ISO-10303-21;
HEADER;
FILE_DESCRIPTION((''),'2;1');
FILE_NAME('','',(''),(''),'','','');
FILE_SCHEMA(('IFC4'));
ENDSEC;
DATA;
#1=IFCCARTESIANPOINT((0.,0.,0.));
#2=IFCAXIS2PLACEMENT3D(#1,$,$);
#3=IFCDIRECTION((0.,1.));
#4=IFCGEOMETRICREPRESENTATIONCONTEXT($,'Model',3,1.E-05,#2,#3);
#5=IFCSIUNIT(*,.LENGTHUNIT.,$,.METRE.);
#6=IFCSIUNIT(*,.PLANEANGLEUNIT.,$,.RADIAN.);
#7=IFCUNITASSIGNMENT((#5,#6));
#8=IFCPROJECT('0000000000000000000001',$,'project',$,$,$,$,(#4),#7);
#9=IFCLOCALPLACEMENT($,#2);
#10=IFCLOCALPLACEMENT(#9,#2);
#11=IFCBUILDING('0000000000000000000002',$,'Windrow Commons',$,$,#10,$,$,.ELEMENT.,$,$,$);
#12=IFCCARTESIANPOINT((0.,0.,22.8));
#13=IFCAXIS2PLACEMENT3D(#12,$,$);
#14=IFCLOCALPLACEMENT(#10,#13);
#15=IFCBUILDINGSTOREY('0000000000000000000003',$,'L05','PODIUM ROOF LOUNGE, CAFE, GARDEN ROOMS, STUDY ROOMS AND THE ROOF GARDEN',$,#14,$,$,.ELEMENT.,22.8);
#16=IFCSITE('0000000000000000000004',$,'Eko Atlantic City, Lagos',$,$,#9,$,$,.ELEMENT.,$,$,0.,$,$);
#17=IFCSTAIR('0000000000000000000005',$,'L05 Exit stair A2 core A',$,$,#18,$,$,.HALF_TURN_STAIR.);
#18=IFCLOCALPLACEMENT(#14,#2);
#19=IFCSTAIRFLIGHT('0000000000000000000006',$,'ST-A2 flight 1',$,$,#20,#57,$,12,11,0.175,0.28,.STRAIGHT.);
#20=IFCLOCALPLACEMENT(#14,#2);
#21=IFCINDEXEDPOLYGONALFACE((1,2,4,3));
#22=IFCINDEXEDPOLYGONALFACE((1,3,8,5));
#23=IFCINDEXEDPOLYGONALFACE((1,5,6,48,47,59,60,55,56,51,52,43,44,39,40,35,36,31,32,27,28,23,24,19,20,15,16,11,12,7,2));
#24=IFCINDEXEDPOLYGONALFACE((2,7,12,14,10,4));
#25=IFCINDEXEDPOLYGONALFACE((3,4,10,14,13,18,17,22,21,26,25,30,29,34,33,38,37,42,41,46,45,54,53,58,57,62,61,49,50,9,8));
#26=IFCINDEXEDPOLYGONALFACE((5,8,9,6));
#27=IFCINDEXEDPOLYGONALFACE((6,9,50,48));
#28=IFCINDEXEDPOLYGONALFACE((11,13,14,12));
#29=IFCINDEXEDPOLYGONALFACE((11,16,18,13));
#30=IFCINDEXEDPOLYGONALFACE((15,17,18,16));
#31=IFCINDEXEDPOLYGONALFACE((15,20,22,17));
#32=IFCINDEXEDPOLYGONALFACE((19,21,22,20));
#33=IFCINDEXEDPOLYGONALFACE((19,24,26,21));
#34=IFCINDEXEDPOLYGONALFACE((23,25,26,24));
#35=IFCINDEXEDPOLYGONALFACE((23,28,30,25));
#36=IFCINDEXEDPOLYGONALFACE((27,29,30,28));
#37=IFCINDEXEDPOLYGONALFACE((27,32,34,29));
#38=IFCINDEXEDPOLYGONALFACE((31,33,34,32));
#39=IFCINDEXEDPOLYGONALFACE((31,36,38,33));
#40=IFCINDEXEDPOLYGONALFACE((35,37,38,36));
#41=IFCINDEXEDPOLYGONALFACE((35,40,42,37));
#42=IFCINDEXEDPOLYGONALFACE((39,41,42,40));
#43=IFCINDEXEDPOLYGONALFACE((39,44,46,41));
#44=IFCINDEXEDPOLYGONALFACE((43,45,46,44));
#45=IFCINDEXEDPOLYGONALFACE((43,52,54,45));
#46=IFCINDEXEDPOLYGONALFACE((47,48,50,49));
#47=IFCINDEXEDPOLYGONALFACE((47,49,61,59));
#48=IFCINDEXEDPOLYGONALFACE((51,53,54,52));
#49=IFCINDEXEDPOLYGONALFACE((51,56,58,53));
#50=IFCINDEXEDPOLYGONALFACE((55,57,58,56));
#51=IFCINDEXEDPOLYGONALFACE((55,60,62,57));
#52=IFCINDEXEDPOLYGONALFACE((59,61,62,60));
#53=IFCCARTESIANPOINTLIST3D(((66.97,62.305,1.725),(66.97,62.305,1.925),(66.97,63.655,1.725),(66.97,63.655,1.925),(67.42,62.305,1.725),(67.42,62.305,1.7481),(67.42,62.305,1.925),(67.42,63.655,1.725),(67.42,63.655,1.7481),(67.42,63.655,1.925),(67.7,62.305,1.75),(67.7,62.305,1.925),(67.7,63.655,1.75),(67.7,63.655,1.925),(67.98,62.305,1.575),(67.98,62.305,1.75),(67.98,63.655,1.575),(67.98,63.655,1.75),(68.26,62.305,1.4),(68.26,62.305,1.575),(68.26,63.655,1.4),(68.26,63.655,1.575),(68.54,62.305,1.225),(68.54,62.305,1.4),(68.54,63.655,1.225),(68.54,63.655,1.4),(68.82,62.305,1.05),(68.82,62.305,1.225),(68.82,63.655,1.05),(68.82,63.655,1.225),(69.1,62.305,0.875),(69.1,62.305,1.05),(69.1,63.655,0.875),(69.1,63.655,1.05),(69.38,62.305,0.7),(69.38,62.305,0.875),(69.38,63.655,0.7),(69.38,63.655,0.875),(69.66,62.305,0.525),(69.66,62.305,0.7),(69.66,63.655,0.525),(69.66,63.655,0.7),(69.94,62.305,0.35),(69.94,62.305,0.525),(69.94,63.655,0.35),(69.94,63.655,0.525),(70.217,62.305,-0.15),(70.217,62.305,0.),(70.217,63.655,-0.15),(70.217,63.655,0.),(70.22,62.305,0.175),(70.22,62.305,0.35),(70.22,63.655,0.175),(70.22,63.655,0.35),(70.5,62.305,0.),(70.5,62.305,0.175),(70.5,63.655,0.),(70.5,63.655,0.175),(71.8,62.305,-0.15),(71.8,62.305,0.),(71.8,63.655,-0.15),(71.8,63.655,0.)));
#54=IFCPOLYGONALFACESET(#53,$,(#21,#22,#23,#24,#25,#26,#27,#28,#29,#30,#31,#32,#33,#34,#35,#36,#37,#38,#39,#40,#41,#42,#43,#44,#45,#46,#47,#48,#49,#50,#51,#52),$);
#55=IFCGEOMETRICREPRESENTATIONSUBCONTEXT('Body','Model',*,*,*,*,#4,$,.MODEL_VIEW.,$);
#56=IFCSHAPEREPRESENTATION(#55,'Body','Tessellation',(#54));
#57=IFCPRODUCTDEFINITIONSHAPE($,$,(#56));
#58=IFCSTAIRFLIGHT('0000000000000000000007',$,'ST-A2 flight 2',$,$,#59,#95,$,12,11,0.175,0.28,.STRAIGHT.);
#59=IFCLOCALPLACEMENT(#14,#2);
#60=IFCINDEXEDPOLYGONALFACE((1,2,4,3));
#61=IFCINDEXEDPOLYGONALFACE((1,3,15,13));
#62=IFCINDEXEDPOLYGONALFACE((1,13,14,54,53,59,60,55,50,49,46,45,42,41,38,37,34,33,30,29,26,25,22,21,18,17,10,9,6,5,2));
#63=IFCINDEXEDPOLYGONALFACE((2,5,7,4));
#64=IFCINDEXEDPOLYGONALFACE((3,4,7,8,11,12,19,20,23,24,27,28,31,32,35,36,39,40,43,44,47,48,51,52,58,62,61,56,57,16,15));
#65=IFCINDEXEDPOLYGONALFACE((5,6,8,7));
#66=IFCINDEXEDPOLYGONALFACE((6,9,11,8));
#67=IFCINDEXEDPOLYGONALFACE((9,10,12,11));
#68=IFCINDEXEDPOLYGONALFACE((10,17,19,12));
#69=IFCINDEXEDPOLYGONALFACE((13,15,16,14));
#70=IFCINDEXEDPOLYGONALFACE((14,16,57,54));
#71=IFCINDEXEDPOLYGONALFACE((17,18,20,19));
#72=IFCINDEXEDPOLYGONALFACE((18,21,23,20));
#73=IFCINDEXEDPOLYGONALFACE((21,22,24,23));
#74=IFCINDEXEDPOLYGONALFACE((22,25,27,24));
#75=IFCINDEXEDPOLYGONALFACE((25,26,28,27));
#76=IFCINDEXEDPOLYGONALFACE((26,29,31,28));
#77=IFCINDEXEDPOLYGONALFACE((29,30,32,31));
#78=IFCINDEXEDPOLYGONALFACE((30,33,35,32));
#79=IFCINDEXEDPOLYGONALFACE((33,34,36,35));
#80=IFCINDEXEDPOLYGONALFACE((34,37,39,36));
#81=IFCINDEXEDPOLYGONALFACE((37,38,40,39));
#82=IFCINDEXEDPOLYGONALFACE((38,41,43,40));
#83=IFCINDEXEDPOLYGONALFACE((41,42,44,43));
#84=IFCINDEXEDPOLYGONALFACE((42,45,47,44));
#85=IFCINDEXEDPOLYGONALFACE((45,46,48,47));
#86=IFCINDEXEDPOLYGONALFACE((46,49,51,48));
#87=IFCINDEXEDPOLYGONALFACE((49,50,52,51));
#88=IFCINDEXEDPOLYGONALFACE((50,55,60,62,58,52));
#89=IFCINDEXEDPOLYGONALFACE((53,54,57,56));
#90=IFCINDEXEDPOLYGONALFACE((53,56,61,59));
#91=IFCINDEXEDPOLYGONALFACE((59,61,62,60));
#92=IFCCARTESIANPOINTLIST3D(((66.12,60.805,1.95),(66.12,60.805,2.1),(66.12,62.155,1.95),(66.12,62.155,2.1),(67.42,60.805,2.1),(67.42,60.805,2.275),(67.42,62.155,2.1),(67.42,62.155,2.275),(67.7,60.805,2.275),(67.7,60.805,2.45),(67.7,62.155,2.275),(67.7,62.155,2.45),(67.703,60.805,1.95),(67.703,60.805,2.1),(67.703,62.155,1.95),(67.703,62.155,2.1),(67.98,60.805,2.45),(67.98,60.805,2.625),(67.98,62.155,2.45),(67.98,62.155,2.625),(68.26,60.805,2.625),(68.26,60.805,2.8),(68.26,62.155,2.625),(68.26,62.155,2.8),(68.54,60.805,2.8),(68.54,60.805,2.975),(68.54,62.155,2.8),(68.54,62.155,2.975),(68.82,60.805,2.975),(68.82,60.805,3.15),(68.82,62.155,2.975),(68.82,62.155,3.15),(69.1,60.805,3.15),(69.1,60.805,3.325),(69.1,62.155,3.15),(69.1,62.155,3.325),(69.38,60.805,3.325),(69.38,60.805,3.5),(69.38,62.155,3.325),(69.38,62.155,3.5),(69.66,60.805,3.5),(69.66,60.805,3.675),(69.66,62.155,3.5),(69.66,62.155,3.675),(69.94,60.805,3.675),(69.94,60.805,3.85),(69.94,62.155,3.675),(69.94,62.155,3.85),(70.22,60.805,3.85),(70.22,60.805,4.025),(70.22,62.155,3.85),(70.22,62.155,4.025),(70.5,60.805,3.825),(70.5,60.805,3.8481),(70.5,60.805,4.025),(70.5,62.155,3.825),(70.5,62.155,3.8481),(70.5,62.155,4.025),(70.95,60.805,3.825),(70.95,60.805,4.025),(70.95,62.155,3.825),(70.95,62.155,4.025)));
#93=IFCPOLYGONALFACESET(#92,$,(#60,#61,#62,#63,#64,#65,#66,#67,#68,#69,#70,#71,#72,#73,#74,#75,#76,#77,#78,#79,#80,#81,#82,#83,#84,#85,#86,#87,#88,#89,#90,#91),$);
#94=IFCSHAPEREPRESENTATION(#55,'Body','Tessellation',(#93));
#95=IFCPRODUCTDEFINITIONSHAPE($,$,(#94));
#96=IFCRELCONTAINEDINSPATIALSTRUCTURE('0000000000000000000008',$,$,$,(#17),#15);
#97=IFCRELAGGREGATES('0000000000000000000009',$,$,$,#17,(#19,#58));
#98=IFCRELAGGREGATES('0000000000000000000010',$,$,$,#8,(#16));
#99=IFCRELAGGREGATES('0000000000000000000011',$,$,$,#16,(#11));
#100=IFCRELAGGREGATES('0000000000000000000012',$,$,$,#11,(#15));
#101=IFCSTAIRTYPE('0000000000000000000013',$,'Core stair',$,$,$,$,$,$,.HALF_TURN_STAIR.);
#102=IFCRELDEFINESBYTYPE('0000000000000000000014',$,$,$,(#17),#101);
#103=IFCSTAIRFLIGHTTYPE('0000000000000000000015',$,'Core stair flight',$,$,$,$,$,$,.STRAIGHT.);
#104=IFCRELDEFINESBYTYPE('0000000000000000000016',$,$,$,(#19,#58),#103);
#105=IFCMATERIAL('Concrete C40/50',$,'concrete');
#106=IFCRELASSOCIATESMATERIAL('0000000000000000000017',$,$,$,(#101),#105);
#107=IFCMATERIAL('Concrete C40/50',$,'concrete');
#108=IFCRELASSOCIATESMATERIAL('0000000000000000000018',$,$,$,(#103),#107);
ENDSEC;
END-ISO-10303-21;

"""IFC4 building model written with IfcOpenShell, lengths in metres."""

from ifc_helpers import new_model, si_unit, direction, frame, origin, place, context, subcontext, project, spatial, polyline, outline, extrude, material, type_object, element, aggregate, save


model = new_model("IFC4")

# Units and contexts
model_context = context("Model", 3, precision=1e-05, world=origin(), true_north=direction((0.0, 1.0)))
body_context = subcontext(model_context, "Body", "Model", "MODEL_VIEW")
ifc_project = project(units=[si_unit("LENGTHUNIT", "METRE"), si_unit("PLANEANGLEUNIT", "RADIAN")], contexts=[model_context])

# Site, building, storey
site_placement = place(None, origin())
site = spatial("IfcSite", under=ifc_project, at=site_placement, Name="Eko Atlantic City, Lagos", CompositionType="ELEMENT", RefElevation=0.0)
building_placement = place(site_placement, origin())
building = spatial("IfcBuilding", under=site, at=building_placement, Name="Windrow Commons", CompositionType="ELEMENT")
storey_placement = place(building_placement, frame((0.0, 0.0, 22.8)))
storey = spatial("IfcBuildingStorey", under=building, at=storey_placement, Name="L05", Description="PODIUM ROOF LOUNGE, CAFE, GARDEN ROOMS, STUDY ROOMS AND THE ROOF GARDEN", CompositionType="ELEMENT", Elevation=22.8)

# Stair, stair flights
ifc_material_1 = material(Name="Concrete C40/50", Category="concrete")
stair_type = type_object("IfcStairType", Name="Core stair", PredefinedType="HALF_TURN_STAIR", material=ifc_material_1)
placement = place(storey_placement, origin())
ifc_material_2 = material(Name="Concrete C40/50", Category="concrete")
stair_flight_type = type_object("IfcStairFlightType", Name="Core stair flight", PredefinedType="STRAIGHT", material=ifc_material_2)
stair_1 = element("IfcStair", 1, at=placement, inside=storey, type_object=stair_type, Name="L05 Exit stair A2 core A", PredefinedType="HALF_TURN_STAIR")
stair_flight_1_placement = place(storey_placement, frame((70.5, 62.98, 0.0), z_axis=(0.0, 0.0, 1.0), x_axis=(-1.0, 0.0, 0.0)))
stair_flight_1 = element("IfcStairFlight", 2, at=stair_flight_1_placement, type_object=stair_flight_type, Name="ST-A2 flight 1", NumberOfRisers=12, NumberOfTreads=11, PredefinedType="STRAIGHT", RiserHeight=0.175, TreadLength=0.28, context=body_context, shape_type="SweptSolid", body=[
    extrude(outline(polyline([(-1.3, -0.15), (-1.3, 0.0), (0.0, 0.0), (0.0, 0.175), (0.28, 0.175), (0.28, 0.35), (0.56, 0.35), (0.56, 0.525), (0.84, 0.525), (0.84, 0.7), (1.12, 0.7), (1.12, 0.875), (1.4, 0.875), (1.4, 1.05), (1.68, 1.05), (1.68, 1.225), (1.96, 1.225), (1.96, 1.4), (2.24, 1.4), (2.24, 1.575), (2.52, 1.575), (2.52, 1.75), (2.8, 1.75), (2.8, 1.925), (3.08, 1.925), (3.53, 1.925), (3.53, 1.725), (3.08, 1.725), (3.08, 1.7481), (0.283, 0.0), (0.283, -0.15), (-1.3, -0.15)])), frame((0.0, 0.675, 0.0), z_axis=(0.0, -1.0, 0.0), x_axis=(1.0, 0.0, 0.0)), (0.0, 0.0, 1.0), 1.35),
])
stair_flight_2_placement = place(storey_placement, frame((67.42, 61.48, 2.1), z_axis=(0.0, 0.0, 1.0), x_axis=(1.0, 0.0, 0.0)))
stair_flight_2 = element("IfcStairFlight", 3, at=stair_flight_2_placement, type_object=stair_flight_type, Name="ST-A2 flight 2", NumberOfRisers=12, NumberOfTreads=11, PredefinedType="STRAIGHT", RiserHeight=0.175, TreadLength=0.28, context=body_context, shape_type="SweptSolid", body=[
    extrude(outline(polyline([(-1.3, -0.15), (-1.3, 0.0), (0.0, 0.0), (0.0, 0.175), (0.28, 0.175), (0.28, 0.35), (0.56, 0.35), (0.56, 0.525), (0.84, 0.525), (0.84, 0.7), (1.12, 0.7), (1.12, 0.875), (1.4, 0.875), (1.4, 1.05), (1.68, 1.05), (1.68, 1.225), (1.96, 1.225), (1.96, 1.4), (2.24, 1.4), (2.24, 1.575), (2.52, 1.575), (2.52, 1.75), (2.8, 1.75), (2.8, 1.925), (3.08, 1.925), (3.53, 1.925), (3.53, 1.725), (3.08, 1.725), (3.08, 1.7481), (0.283, 0.0), (0.283, -0.15), (-1.3, -0.15)])), frame((0.0, 0.675, 0.0), z_axis=(0.0, -1.0, 0.0), x_axis=(1.0, 0.0, 0.0)), (0.0, 0.0, 1.0), 1.35),
])
aggregate(stair_1, [stair_flight_1, stair_flight_2])

save(model, "model.ifc")
